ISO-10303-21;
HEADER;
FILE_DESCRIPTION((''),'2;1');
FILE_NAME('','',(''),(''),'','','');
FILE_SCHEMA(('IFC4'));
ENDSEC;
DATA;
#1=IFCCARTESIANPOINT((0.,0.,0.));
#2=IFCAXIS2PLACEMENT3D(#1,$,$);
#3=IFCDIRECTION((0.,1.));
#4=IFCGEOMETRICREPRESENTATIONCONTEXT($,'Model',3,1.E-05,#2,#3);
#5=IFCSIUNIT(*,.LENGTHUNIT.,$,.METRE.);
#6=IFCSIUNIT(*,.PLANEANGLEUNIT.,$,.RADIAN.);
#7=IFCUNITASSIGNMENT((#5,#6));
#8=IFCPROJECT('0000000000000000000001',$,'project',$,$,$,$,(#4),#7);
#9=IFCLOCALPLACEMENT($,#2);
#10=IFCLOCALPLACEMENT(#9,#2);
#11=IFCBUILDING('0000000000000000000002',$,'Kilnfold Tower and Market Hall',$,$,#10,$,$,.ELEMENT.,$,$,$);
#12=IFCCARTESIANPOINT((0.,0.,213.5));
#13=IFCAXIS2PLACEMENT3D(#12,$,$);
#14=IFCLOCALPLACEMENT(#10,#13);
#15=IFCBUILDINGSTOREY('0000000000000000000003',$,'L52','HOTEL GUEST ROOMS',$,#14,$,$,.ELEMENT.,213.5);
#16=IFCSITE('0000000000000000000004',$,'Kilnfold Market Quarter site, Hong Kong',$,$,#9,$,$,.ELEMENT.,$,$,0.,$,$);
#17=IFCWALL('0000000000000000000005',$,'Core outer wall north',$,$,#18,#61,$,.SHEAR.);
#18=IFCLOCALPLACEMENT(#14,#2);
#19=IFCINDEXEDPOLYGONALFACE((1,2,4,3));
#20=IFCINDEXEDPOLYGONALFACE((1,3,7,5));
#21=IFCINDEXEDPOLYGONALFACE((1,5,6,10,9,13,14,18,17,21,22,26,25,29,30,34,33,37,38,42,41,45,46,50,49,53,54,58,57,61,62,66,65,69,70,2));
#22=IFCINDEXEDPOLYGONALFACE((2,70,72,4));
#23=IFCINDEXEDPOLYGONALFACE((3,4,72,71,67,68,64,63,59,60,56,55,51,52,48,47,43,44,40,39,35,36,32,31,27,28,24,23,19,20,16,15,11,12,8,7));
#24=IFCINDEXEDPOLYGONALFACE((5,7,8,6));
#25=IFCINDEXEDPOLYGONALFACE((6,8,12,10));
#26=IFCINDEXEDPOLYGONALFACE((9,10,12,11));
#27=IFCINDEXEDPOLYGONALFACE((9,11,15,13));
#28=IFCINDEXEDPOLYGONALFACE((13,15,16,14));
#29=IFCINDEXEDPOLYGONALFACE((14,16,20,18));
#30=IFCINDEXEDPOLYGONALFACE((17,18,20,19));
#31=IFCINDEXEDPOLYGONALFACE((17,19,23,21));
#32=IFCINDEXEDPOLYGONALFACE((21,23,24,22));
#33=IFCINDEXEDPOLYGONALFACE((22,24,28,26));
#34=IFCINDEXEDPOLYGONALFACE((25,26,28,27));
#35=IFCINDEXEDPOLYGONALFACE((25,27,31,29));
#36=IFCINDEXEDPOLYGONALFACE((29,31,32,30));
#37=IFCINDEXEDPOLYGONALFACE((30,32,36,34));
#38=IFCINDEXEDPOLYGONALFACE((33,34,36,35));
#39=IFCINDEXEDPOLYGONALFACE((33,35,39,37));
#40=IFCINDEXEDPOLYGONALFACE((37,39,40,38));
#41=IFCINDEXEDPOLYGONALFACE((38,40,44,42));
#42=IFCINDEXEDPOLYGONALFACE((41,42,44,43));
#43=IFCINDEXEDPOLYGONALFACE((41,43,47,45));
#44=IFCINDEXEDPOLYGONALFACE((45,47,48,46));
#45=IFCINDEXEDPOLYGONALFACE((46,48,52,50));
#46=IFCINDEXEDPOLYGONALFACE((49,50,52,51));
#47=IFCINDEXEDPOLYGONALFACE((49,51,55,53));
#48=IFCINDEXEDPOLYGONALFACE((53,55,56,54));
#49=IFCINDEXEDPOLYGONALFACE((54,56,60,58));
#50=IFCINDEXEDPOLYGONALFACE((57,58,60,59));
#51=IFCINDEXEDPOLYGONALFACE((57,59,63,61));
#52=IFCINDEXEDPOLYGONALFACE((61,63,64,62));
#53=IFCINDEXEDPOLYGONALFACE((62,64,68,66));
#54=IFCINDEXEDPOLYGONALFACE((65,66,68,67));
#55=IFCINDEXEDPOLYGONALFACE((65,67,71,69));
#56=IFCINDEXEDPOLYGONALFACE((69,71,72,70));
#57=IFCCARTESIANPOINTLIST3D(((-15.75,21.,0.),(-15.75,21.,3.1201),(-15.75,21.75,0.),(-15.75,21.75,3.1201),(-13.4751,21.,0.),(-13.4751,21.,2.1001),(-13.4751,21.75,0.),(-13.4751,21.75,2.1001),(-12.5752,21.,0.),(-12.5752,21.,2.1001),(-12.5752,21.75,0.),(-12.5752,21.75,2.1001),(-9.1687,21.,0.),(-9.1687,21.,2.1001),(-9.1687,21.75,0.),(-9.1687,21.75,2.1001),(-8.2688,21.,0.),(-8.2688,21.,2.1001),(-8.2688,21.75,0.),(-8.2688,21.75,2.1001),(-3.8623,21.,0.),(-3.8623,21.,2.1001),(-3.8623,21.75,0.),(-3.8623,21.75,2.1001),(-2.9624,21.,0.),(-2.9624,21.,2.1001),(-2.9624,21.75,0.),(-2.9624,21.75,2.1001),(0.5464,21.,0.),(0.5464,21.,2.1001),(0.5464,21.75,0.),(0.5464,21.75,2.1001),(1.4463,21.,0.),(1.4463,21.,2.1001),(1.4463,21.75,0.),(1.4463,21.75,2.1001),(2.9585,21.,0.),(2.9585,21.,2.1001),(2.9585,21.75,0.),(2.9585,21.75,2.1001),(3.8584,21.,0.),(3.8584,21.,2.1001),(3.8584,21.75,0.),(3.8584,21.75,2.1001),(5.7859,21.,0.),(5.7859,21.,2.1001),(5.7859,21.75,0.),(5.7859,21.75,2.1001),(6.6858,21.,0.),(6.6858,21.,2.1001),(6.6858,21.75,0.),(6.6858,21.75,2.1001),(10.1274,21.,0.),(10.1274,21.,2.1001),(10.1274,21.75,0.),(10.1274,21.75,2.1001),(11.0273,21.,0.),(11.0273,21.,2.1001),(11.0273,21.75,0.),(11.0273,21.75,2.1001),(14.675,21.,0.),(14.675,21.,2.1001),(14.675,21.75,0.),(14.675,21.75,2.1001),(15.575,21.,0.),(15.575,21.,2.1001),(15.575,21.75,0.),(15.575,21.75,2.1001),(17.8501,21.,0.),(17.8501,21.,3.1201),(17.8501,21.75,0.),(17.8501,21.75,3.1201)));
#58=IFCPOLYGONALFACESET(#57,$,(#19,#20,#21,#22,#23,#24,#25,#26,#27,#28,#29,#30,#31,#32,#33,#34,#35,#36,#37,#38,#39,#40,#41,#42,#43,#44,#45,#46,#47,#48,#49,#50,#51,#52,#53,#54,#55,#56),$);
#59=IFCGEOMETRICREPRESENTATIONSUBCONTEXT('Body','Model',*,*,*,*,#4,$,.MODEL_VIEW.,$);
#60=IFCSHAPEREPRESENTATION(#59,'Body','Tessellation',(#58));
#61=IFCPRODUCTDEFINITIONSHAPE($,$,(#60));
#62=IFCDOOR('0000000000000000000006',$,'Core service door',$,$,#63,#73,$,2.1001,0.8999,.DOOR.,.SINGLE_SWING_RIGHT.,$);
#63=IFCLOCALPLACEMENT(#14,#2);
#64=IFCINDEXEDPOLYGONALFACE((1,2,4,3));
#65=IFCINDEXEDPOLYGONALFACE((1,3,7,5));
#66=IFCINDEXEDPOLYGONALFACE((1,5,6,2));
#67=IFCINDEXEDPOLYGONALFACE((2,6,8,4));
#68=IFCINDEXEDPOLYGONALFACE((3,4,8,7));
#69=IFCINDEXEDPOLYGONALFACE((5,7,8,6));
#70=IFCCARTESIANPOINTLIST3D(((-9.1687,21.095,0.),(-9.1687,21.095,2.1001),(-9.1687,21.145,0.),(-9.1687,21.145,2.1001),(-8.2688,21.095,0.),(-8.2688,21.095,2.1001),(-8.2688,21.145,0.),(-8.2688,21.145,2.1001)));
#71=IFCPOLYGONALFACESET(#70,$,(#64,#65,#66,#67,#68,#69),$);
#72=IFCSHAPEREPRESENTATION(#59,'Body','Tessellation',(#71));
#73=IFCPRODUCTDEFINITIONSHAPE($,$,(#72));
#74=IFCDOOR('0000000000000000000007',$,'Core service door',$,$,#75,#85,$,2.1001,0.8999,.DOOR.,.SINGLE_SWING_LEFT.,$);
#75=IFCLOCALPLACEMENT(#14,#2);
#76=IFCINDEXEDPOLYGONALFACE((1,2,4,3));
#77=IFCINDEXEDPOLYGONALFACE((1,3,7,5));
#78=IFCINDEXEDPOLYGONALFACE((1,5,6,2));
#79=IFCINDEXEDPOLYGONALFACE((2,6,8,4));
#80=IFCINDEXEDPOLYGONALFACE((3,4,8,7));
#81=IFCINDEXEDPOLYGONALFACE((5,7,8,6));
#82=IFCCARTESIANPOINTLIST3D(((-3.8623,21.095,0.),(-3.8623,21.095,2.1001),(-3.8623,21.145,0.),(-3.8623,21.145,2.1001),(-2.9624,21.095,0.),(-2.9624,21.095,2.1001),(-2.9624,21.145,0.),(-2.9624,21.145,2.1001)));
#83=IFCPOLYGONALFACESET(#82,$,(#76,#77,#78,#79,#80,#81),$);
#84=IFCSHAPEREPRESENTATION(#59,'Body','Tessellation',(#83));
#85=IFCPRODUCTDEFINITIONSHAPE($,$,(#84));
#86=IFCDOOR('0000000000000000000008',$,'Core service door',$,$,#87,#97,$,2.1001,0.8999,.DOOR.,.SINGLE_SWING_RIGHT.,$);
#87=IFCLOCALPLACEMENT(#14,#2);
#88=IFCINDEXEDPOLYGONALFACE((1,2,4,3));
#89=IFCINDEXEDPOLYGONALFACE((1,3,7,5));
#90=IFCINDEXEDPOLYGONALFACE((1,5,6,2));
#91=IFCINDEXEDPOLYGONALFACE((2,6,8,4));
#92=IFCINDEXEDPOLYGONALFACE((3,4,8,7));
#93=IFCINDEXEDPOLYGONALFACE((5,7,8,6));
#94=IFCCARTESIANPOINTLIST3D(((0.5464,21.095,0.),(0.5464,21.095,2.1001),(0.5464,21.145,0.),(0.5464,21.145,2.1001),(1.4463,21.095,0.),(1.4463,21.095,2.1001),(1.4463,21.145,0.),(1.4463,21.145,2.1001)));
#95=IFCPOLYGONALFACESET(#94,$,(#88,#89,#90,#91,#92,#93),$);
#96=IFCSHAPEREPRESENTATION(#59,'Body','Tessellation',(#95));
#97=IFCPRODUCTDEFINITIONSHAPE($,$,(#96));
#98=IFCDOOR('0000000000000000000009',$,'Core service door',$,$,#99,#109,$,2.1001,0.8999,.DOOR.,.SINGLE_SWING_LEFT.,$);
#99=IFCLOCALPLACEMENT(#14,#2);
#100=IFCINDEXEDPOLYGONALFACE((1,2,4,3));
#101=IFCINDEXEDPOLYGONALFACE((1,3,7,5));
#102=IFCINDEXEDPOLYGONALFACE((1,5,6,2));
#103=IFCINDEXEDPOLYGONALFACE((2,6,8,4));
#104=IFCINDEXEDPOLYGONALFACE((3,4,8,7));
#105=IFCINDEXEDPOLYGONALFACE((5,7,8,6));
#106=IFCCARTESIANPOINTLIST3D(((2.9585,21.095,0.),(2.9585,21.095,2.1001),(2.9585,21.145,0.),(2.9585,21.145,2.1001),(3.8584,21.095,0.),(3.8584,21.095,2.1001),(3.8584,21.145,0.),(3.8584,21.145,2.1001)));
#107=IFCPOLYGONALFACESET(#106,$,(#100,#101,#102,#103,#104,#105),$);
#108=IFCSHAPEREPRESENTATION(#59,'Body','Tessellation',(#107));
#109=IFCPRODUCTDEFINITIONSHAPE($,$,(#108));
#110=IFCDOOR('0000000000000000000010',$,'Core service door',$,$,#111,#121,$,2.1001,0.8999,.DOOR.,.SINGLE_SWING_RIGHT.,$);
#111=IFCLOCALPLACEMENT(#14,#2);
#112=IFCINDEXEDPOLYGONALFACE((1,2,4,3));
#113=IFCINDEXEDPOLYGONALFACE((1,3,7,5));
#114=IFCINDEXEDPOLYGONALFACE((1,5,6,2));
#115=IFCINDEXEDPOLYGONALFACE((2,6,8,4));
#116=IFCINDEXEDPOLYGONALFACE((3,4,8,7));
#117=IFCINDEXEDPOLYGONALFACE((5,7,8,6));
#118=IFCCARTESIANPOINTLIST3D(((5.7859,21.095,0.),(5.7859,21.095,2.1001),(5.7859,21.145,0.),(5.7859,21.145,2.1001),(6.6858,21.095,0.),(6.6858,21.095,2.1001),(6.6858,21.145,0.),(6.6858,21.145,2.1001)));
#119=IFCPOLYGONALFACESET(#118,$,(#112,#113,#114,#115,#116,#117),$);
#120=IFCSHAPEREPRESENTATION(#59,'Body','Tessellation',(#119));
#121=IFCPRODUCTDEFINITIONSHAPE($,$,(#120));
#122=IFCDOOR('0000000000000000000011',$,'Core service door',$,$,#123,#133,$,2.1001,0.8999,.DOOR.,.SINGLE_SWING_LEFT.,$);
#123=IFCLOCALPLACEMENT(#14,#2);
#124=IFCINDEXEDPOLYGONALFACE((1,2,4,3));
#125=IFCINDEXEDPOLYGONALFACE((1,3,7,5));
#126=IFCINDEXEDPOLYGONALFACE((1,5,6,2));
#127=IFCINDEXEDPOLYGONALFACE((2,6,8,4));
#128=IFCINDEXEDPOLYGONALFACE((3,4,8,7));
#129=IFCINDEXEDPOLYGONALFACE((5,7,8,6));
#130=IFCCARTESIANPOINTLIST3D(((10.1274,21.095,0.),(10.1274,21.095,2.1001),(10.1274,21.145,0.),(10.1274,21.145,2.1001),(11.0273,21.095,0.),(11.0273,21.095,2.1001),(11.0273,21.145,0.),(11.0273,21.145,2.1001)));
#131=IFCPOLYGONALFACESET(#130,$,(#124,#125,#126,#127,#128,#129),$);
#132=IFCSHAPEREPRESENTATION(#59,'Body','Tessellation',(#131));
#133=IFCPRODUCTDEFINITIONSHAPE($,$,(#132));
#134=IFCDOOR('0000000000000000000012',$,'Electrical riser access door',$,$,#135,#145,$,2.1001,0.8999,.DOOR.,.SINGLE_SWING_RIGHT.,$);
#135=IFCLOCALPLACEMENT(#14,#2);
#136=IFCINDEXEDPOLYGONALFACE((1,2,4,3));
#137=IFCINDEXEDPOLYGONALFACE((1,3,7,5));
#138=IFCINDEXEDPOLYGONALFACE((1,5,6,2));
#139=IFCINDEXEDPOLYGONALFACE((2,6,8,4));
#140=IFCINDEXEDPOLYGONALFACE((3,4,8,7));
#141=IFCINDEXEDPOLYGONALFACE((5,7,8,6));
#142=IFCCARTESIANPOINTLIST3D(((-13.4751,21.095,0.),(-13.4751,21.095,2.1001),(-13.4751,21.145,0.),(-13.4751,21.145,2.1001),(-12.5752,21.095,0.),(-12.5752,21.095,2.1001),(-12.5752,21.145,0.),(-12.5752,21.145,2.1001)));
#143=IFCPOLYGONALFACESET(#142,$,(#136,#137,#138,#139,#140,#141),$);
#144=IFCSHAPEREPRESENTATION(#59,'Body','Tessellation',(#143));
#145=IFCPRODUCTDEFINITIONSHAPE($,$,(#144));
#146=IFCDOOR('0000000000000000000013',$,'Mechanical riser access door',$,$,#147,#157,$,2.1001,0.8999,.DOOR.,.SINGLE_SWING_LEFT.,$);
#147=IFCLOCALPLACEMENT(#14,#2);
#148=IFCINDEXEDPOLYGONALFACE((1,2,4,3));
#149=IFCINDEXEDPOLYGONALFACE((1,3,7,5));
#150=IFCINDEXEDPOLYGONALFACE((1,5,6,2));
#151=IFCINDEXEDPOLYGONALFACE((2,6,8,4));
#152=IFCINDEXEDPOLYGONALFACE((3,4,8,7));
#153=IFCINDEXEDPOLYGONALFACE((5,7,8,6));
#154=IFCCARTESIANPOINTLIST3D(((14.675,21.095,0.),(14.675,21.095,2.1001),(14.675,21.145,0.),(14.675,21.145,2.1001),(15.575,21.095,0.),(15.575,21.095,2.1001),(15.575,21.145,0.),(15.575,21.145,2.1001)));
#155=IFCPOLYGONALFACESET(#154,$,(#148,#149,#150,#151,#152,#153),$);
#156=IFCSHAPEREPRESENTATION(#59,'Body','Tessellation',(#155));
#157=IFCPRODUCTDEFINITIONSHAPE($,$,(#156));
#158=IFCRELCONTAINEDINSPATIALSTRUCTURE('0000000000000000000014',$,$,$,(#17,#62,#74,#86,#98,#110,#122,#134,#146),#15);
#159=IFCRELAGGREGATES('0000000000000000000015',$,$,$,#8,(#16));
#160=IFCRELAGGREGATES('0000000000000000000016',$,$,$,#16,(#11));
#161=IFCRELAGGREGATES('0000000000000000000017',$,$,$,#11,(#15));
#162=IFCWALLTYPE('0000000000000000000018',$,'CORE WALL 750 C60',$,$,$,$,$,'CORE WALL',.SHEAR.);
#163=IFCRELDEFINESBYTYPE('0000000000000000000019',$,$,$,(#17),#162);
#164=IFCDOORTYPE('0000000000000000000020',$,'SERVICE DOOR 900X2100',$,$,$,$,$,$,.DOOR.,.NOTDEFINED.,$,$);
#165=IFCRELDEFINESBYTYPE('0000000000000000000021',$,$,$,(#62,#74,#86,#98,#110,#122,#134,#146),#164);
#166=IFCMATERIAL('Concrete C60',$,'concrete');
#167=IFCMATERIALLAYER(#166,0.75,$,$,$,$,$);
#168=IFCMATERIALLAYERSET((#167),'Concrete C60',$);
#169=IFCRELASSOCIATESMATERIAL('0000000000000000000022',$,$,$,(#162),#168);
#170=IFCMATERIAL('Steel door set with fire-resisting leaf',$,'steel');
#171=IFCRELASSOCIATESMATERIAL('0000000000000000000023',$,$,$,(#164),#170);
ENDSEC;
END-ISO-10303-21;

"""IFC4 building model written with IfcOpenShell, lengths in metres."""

from ifc_helpers import new_model, si_unit, direction, frame, frame_2d, origin, place, context, subcontext, project, spatial, rectangle, extrude, source, transform, mapped, material, layer, layer_set, type_object, element, fill, save


model = new_model("IFC4")

# Units and contexts
model_context = context("Model", 3, precision=1e-05, world=origin(), true_north=direction((0.0, 1.0)))
body_context = subcontext(model_context, "Body", "Model", "MODEL_VIEW")
ifc_project = project(units=[si_unit("LENGTHUNIT", "METRE"), si_unit("PLANEANGLEUNIT", "RADIAN")], contexts=[model_context])

# Site, building, storey
site_placement = place(None, origin())
site = spatial("IfcSite", under=ifc_project, at=site_placement, Name="Kilnfold Market Quarter site, Hong Kong", CompositionType="ELEMENT", RefElevation=0.0)
building_placement = place(site_placement, origin())
building = spatial("IfcBuilding", under=site, at=building_placement, Name="Kilnfold Tower and Market Hall", CompositionType="ELEMENT")
storey_placement = place(building_placement, frame((0.0, 0.0, 213.5)))
storey = spatial("IfcBuildingStorey", under=building, at=storey_placement, Name="L52", Description="HOTEL GUEST ROOMS", CompositionType="ELEMENT", Elevation=213.5)

# Wall, openings, doors
ifc_material_1 = material(Name="Concrete C60", Category="concrete")
ifc_layer_1 = layer(ifc_material_1, 0.75)
ifc_layer_set_1 = layer_set([ifc_layer_1], Name="Concrete C60")
wall_type_1 = type_object("IfcWallType", Name="CORE WALL 750 C60", ElementType="CORE WALL", PredefinedType="SHEAR", material=ifc_layer_set_1)
shared_shape_1 = source(origin(), body_context, "Body", "SweptSolid", [
    extrude(rectangle(XDim=33.6001, YDim=0.75, at=frame_2d((16.8, 0.0))), origin(), (0.0, 0.0, 1.0), 3.1201),
])
wall_1_placement = place(storey_placement, frame((-15.75, 21.375, 0.0), z_axis=(0.0, 0.0, 1.0), x_axis=(1.0, 0.0, 0.0)))
wall_1 = element("IfcWall", 1, at=wall_1_placement, inside=storey, type_object=wall_type_1, Name="Core outer wall north", PredefinedType="SHEAR", context=body_context, shape_type="MappedRepresentation", body=[
    mapped(shared_shape_1, transform((0.0, 0.0, 0.0))),
])
opening_1_placement = place(wall_1_placement, frame((6.5813, 0.0, 0.0)))
opening_1 = element("IfcOpeningElement", 2, at=opening_1_placement, cuts=wall_1, PredefinedType="OPENING", context=body_context, shape_type="SweptSolid", body=[
    extrude(rectangle(XDim=0.8999, YDim=2.1001, at=frame_2d((0.45, 1.05))), frame((0.0, 0.385, 0.0), z_axis=(0.0, -1.0, 0.0), x_axis=(1.0, 0.0, 0.0)), (0.0, 0.0, 1.0), 0.77),
])
opening_2_placement = place(wall_1_placement, frame((11.8877, 0.0, 0.0)))
opening_2 = element("IfcOpeningElement", 3, at=opening_2_placement, cuts=wall_1, PredefinedType="OPENING", context=body_context, shape_type="SweptSolid", body=[
    extrude(rectangle(XDim=0.8999, YDim=2.1001, at=frame_2d((0.45, 1.05))), frame((0.0, 0.385, 0.0), z_axis=(0.0, -1.0, 0.0), x_axis=(1.0, 0.0, 0.0)), (0.0, 0.0, 1.0), 0.77),
])
opening_3_placement = place(wall_1_placement, frame((16.2964, 0.0, 0.0)))
opening_3 = element("IfcOpeningElement", 4, at=opening_3_placement, cuts=wall_1, PredefinedType="OPENING", context=body_context, shape_type="SweptSolid", body=[
    extrude(rectangle(XDim=0.8999, YDim=2.1001, at=frame_2d((0.45, 1.05))), frame((0.0, 0.385, 0.0), z_axis=(0.0, -1.0, 0.0), x_axis=(1.0, 0.0, 0.0)), (0.0, 0.0, 1.0), 0.77),
])
opening_4_placement = place(wall_1_placement, frame((18.7085, 0.0, 0.0)))
opening_4 = element("IfcOpeningElement", 5, at=opening_4_placement, cuts=wall_1, PredefinedType="OPENING", context=body_context, shape_type="SweptSolid", body=[
    extrude(rectangle(XDim=0.8999, YDim=2.1001, at=frame_2d((0.45, 1.05))), frame((0.0, 0.385, 0.0), z_axis=(0.0, -1.0, 0.0), x_axis=(1.0, 0.0, 0.0)), (0.0, 0.0, 1.0), 0.77),
])
opening_5_placement = place(wall_1_placement, frame((21.5359, 0.0, 0.0)))
opening_5 = element("IfcOpeningElement", 6, at=opening_5_placement, cuts=wall_1, PredefinedType="OPENING", context=body_context, shape_type="SweptSolid", body=[
    extrude(rectangle(XDim=0.8999, YDim=2.1001, at=frame_2d((0.45, 1.05))), frame((0.0, 0.385, 0.0), z_axis=(0.0, -1.0, 0.0), x_axis=(1.0, 0.0, 0.0)), (0.0, 0.0, 1.0), 0.77),
])
opening_6_placement = place(wall_1_placement, frame((25.8774, 0.0, 0.0)))
opening_6 = element("IfcOpeningElement", 7, at=opening_6_placement, cuts=wall_1, PredefinedType="OPENING", context=body_context, shape_type="SweptSolid", body=[
    extrude(rectangle(XDim=0.8999, YDim=2.1001, at=frame_2d((0.45, 1.05))), frame((0.0, 0.385, 0.0), z_axis=(0.0, -1.0, 0.0), x_axis=(1.0, 0.0, 0.0)), (0.0, 0.0, 1.0), 0.77),
])
opening_7_placement = place(wall_1_placement, frame((2.2749, 0.0, 0.0)))
opening_7 = element("IfcOpeningElement", 8, at=opening_7_placement, cuts=wall_1, PredefinedType="OPENING", context=body_context, shape_type="SweptSolid", body=[
    extrude(rectangle(XDim=0.8999, YDim=2.1001, at=frame_2d((0.45, 1.05))), frame((0.0, 0.385, 0.0), z_axis=(0.0, -1.0, 0.0), x_axis=(1.0, 0.0, 0.0)), (0.0, 0.0, 1.0), 0.77),
])
opening_8_placement = place(wall_1_placement, frame((30.425, 0.0, 0.0)))
opening_8 = element("IfcOpeningElement", 9, at=opening_8_placement, cuts=wall_1, PredefinedType="OPENING", context=body_context, shape_type="SweptSolid", body=[
    extrude(rectangle(XDim=0.8999, YDim=2.1001, at=frame_2d((0.45, 1.05))), frame((0.0, 0.385, 0.0), z_axis=(0.0, -1.0, 0.0), x_axis=(1.0, 0.0, 0.0)), (0.0, 0.0, 1.0), 0.77),
])
ifc_material_2 = material(Name="Steel door set with fire-resisting leaf", Category="steel")
door_type_1 = type_object("IfcDoorType", Name="SERVICE DOOR 900X2100", OperationType="NOTDEFINED", PredefinedType="DOOR", material=ifc_material_2)
door_1_placement = place(opening_1_placement, origin())
door_1 = element("IfcDoor", 10, at=door_1_placement, inside=storey, type_object=door_type_1, Name="Core service door", OperationType="SINGLE_SWING_RIGHT", OverallHeight=2.1001, OverallWidth=0.8999, PredefinedType="DOOR", context=body_context, shape_type="SweptSolid", body=[
    extrude(rectangle(XDim=0.8999, YDim=2.1001, at=frame_2d((0.45, 1.05))), frame((0.0, -0.23, 0.0), z_axis=(0.0, -1.0, 0.0), x_axis=(1.0, 0.0, 0.0)), (0.0, 0.0, 1.0), 0.05),
])
fill(opening_1, door_1)
door_2_placement = place(opening_2_placement, origin())
door_2 = element("IfcDoor", 11, at=door_2_placement, inside=storey, type_object=door_type_1, Name="Core service door", OperationType="SINGLE_SWING_LEFT", OverallHeight=2.1001, OverallWidth=0.8999, PredefinedType="DOOR", context=body_context, shape_type="SweptSolid", body=[
    extrude(rectangle(XDim=0.8999, YDim=2.1001, at=frame_2d((0.45, 1.05))), frame((0.0, -0.23, 0.0), z_axis=(0.0, -1.0, 0.0), x_axis=(1.0, 0.0, 0.0)), (0.0, 0.0, 1.0), 0.05),
])
fill(opening_2, door_2)
door_3_placement = place(opening_3_placement, origin())
door_3 = element("IfcDoor", 12, at=door_3_placement, inside=storey, type_object=door_type_1, Name="Core service door", OperationType="SINGLE_SWING_RIGHT", OverallHeight=2.1001, OverallWidth=0.8999, PredefinedType="DOOR", context=body_context, shape_type="SweptSolid", body=[
    extrude(rectangle(XDim=0.8999, YDim=2.1001, at=frame_2d((0.45, 1.05))), frame((0.0, -0.23, 0.0), z_axis=(0.0, -1.0, 0.0), x_axis=(1.0, 0.0, 0.0)), (0.0, 0.0, 1.0), 0.05),
])
fill(opening_3, door_3)
door_4_placement = place(opening_4_placement, origin())
door_4 = element("IfcDoor", 13, at=door_4_placement, inside=storey, type_object=door_type_1, Name="Core service door", OperationType="SINGLE_SWING_LEFT", OverallHeight=2.1001, OverallWidth=0.8999, PredefinedType="DOOR", context=body_context, shape_type="SweptSolid", body=[
    extrude(rectangle(XDim=0.8999, YDim=2.1001, at=frame_2d((0.45, 1.05))), frame((0.0, -0.23, 0.0), z_axis=(0.0, -1.0, 0.0), x_axis=(1.0, 0.0, 0.0)), (0.0, 0.0, 1.0), 0.05),
])
fill(opening_4, door_4)
door_5_placement = place(opening_5_placement, origin())
door_5 = element("IfcDoor", 14, at=door_5_placement, inside=storey, type_object=door_type_1, Name="Core service door", OperationType="SINGLE_SWING_RIGHT", OverallHeight=2.1001, OverallWidth=0.8999, PredefinedType="DOOR", context=body_context, shape_type="SweptSolid", body=[
    extrude(rectangle(XDim=0.8999, YDim=2.1001, at=frame_2d((0.45, 1.05))), frame((0.0, -0.23, 0.0), z_axis=(0.0, -1.0, 0.0), x_axis=(1.0, 0.0, 0.0)), (0.0, 0.0, 1.0), 0.05),
])
fill(opening_5, door_5)
door_6_placement = place(opening_6_placement, origin())
door_6 = element("IfcDoor", 15, at=door_6_placement, inside=storey, type_object=door_type_1, Name="Core service door", OperationType="SINGLE_SWING_LEFT", OverallHeight=2.1001, OverallWidth=0.8999, PredefinedType="DOOR", context=body_context, shape_type="SweptSolid", body=[
    extrude(rectangle(XDim=0.8999, YDim=2.1001, at=frame_2d((0.45, 1.05))), frame((0.0, -0.23, 0.0), z_axis=(0.0, -1.0, 0.0), x_axis=(1.0, 0.0, 0.0)), (0.0, 0.0, 1.0), 0.05),
])
fill(opening_6, door_6)
door_7_placement = place(opening_7_placement, origin())
door_7 = element("IfcDoor", 16, at=door_7_placement, inside=storey, type_object=door_type_1, Name="Electrical riser access door", OperationType="SINGLE_SWING_RIGHT", OverallHeight=2.1001, OverallWidth=0.8999, PredefinedType="DOOR", context=body_context, shape_type="SweptSolid", body=[
    extrude(rectangle(XDim=0.8999, YDim=2.1001, at=frame_2d((0.45, 1.05))), frame((0.0, -0.23, 0.0), z_axis=(0.0, -1.0, 0.0), x_axis=(1.0, 0.0, 0.0)), (0.0, 0.0, 1.0), 0.05),
])
fill(opening_7, door_7)
door_8_placement = place(opening_8_placement, origin())
door_8 = element("IfcDoor", 17, at=door_8_placement, inside=storey, type_object=door_type_1, Name="Mechanical riser access door", OperationType="SINGLE_SWING_LEFT", OverallHeight=2.1001, OverallWidth=0.8999, PredefinedType="DOOR", context=body_context, shape_type="SweptSolid", body=[
    extrude(rectangle(XDim=0.8999, YDim=2.1001, at=frame_2d((0.45, 1.05))), frame((0.0, -0.23, 0.0), z_axis=(0.0, -1.0, 0.0), x_axis=(1.0, 0.0, 0.0)), (0.0, 0.0, 1.0), 0.05),
])
fill(opening_8, door_8)

save(model, "model.ifc")
